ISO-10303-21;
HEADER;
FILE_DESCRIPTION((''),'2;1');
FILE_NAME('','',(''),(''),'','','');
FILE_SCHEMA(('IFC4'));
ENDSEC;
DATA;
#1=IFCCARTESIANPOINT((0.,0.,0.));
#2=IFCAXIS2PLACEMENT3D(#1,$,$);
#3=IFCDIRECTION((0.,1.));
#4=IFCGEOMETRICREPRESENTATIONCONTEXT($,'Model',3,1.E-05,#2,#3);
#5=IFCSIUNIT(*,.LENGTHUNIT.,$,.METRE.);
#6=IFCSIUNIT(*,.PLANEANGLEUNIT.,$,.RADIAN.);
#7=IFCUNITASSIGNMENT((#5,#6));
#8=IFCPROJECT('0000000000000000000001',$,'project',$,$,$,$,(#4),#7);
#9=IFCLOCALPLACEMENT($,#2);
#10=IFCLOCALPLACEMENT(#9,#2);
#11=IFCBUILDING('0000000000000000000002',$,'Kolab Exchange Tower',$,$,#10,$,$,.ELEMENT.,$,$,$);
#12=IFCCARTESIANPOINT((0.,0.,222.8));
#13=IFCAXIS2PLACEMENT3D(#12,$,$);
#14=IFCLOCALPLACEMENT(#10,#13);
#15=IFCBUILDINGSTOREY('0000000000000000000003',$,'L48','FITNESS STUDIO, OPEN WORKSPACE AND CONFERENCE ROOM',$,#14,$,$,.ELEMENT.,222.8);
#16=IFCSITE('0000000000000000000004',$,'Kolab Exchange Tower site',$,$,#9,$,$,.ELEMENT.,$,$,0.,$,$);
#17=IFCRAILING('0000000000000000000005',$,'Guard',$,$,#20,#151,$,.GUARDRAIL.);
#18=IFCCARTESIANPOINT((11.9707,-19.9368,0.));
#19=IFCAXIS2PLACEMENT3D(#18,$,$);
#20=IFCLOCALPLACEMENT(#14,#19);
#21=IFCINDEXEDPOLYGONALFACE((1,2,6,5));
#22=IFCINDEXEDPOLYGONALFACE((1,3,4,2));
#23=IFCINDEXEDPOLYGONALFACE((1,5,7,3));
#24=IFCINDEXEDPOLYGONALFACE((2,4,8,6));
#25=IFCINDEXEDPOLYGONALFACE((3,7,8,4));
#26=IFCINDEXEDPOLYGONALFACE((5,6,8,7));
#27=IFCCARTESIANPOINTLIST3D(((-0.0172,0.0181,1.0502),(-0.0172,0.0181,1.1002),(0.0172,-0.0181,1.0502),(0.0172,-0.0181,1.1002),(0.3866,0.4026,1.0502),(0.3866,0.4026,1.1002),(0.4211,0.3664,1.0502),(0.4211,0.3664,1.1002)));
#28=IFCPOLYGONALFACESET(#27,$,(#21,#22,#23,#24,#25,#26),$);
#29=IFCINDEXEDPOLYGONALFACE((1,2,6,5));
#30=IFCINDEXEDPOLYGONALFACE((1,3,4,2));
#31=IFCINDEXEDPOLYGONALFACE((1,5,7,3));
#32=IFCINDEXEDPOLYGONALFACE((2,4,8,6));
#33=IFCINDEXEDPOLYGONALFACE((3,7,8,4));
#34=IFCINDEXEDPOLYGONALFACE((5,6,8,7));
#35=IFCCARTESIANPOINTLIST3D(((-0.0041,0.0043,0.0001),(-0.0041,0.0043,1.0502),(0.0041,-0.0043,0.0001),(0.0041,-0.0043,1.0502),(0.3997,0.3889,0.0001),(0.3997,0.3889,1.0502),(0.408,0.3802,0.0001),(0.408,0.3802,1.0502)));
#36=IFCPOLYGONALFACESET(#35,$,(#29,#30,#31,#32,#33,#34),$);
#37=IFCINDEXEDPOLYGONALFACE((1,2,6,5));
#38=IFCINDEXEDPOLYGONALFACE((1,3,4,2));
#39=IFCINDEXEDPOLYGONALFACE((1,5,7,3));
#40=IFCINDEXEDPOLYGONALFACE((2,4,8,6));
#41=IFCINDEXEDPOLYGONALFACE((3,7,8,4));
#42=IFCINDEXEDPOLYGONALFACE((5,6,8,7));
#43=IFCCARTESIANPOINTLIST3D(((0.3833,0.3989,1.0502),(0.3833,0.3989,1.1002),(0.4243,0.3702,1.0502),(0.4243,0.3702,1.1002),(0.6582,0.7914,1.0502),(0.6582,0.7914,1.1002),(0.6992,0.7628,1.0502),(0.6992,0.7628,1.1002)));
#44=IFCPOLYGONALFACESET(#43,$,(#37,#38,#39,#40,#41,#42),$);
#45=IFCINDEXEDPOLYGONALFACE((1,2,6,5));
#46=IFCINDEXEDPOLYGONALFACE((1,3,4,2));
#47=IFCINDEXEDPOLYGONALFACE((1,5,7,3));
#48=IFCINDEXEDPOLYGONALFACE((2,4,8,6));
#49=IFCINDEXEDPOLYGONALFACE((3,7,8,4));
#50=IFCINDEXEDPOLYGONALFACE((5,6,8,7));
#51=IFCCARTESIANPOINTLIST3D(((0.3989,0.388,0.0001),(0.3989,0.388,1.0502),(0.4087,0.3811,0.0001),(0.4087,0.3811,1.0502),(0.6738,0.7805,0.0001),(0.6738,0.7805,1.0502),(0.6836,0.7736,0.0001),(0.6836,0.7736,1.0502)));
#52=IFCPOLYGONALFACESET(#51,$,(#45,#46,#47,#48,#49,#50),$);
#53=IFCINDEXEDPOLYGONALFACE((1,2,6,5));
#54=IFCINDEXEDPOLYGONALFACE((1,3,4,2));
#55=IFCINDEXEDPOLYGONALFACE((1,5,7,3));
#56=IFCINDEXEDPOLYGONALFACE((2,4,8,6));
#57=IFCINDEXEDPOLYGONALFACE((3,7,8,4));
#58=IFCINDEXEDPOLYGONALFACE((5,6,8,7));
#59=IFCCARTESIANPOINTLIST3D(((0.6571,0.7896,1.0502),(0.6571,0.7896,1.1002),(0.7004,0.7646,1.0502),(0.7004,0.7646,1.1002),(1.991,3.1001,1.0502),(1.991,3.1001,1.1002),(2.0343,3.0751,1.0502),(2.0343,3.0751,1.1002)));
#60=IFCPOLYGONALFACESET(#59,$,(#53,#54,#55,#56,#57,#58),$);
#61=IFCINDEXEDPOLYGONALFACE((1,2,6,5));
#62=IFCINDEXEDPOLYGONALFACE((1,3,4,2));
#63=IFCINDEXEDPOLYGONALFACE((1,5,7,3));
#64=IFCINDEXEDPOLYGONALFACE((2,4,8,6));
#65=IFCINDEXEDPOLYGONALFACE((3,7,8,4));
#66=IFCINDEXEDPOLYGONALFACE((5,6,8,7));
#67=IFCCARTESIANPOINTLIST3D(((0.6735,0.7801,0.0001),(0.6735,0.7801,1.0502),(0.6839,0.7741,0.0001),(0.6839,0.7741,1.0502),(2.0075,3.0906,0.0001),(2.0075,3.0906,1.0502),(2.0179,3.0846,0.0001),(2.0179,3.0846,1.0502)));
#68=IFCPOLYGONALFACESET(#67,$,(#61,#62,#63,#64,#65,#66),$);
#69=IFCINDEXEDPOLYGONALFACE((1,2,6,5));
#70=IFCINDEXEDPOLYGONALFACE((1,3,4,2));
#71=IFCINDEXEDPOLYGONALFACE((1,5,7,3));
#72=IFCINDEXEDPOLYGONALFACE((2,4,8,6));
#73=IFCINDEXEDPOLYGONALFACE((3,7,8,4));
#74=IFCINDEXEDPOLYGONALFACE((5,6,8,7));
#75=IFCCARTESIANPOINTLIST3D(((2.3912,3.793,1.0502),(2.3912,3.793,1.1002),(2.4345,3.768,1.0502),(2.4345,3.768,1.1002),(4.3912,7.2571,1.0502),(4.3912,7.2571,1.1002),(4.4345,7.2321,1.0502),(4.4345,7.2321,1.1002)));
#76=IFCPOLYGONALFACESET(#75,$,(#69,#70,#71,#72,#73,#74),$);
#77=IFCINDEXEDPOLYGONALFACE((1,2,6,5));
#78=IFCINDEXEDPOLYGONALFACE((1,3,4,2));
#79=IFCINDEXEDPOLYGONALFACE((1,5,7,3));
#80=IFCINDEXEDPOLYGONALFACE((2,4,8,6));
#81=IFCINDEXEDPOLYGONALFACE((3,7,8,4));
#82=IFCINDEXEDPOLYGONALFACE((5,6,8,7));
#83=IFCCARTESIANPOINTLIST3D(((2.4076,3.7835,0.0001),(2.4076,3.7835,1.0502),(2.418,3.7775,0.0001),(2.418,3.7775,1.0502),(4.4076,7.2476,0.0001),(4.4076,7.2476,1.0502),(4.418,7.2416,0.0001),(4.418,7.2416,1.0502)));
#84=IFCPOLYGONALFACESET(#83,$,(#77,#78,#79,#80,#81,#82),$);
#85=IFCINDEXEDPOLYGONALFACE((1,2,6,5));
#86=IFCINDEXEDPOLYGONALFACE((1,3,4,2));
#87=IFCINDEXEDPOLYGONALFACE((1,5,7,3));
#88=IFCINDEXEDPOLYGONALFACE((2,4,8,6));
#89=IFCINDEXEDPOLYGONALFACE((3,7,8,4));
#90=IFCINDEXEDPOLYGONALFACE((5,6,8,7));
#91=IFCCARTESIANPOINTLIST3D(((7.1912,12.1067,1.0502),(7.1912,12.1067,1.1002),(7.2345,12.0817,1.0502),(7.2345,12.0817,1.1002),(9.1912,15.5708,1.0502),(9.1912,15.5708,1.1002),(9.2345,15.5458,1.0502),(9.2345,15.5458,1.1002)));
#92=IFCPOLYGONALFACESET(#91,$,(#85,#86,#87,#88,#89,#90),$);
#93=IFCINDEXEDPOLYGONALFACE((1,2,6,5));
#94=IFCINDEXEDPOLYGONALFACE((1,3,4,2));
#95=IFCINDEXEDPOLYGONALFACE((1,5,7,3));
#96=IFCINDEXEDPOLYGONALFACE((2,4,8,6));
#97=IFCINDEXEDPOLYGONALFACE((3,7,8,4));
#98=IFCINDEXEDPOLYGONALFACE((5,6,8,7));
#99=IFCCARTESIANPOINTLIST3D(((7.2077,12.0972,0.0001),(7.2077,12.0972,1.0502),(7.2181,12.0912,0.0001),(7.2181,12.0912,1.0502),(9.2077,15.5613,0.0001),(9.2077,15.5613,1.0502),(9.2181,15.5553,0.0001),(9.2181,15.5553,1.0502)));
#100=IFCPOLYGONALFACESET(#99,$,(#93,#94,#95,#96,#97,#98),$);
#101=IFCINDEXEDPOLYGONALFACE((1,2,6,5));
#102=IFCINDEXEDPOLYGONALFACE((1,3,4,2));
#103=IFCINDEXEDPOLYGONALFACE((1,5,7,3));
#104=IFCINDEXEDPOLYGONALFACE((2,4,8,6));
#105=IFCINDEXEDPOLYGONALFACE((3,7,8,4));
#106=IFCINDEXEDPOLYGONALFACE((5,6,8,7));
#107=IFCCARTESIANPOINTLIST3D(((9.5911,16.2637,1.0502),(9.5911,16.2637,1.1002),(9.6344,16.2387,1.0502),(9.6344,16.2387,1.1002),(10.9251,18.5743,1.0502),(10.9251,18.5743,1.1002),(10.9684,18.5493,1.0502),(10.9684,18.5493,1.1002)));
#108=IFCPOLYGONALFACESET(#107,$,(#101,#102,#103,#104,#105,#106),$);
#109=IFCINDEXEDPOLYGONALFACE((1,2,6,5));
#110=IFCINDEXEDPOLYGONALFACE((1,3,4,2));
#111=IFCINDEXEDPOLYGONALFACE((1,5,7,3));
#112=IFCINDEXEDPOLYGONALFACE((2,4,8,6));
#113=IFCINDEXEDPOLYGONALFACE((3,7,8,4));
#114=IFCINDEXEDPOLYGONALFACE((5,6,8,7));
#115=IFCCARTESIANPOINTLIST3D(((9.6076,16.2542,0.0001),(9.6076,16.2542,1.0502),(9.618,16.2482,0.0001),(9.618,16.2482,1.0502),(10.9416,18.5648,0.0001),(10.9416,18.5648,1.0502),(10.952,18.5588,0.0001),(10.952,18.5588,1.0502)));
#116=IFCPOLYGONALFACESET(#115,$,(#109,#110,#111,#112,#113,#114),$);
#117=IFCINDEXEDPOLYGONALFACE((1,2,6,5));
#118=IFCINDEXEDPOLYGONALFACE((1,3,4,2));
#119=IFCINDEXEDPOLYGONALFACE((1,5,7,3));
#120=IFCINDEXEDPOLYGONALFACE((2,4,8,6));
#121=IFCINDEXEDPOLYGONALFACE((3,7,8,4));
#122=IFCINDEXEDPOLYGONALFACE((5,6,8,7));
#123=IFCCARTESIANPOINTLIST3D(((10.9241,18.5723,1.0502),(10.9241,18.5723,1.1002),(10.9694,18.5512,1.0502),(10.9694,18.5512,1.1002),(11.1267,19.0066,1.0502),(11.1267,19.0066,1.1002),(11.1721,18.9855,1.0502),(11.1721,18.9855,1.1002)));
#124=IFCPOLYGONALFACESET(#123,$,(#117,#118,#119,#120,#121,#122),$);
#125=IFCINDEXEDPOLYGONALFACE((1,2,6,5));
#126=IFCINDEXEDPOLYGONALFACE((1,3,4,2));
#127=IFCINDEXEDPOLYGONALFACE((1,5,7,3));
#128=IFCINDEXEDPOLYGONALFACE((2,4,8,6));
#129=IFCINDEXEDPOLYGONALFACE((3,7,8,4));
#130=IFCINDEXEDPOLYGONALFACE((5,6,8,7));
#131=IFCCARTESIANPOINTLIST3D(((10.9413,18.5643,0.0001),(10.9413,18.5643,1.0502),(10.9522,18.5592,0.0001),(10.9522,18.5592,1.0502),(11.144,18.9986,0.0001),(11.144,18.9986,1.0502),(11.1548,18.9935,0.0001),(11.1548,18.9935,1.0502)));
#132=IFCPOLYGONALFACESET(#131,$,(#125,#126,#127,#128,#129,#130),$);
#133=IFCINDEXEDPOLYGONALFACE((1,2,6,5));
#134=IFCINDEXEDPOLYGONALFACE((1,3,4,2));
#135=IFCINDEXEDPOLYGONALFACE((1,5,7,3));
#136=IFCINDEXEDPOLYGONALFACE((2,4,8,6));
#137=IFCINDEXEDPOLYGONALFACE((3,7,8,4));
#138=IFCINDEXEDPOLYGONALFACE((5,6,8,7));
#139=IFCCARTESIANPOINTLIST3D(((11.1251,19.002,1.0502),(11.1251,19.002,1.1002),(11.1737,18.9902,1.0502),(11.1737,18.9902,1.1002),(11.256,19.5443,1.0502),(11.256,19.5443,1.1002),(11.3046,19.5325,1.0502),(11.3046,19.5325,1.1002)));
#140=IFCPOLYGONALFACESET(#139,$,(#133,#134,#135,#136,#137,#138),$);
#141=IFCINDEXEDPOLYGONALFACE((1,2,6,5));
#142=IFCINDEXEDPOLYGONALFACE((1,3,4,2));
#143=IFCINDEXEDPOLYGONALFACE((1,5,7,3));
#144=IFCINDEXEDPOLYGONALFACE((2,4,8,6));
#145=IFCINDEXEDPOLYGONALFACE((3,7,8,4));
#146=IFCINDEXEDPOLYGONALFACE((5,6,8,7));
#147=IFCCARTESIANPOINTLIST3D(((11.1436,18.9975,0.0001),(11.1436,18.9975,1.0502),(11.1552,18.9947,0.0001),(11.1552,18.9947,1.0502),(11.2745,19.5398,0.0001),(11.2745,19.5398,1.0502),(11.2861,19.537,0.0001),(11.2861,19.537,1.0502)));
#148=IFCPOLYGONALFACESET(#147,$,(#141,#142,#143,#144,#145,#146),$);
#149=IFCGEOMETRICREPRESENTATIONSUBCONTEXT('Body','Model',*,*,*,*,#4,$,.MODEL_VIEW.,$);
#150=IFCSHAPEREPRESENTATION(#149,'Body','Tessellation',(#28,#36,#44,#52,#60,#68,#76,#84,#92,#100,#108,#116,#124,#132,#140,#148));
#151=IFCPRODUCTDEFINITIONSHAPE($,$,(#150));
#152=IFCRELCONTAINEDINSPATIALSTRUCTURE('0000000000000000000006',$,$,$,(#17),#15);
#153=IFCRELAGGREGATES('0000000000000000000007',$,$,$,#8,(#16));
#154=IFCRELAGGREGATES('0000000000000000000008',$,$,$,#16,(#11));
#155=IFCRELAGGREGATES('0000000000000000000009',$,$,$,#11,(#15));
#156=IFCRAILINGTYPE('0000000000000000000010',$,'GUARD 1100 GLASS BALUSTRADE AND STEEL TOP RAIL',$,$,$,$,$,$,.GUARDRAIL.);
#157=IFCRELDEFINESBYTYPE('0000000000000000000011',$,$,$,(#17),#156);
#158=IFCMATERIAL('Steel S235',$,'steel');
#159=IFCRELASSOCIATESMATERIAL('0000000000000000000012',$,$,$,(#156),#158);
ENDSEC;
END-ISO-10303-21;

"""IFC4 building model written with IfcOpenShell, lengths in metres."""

from ifc_helpers import new_model, si_unit, direction, frame, frame_2d, origin, origin_2d, place, context, subcontext, project, spatial, rectangle, extrude, material, type_object, element, save


model = new_model("IFC4")

# Units and contexts
model_context = context("Model", 3, precision=1e-05, world=origin(), true_north=direction((0.0, 1.0)))
body_context = subcontext(model_context, "Body", "Model", "MODEL_VIEW")
ifc_project = project(units=[si_unit("LENGTHUNIT", "METRE"), si_unit("PLANEANGLEUNIT", "RADIAN")], contexts=[model_context])

# Site, building, storey
site_placement = place(None, origin())
site = spatial("IfcSite", under=ifc_project, at=site_placement, Name="Kolab Exchange Tower site", CompositionType="ELEMENT", RefElevation=0.0)
building_placement = place(site_placement, origin())
building = spatial("IfcBuilding", under=site, at=building_placement, Name="Kolab Exchange Tower", CompositionType="ELEMENT")
storey_placement = place(building_placement, frame((0.0, 0.0, 222.8)))
storey = spatial("IfcBuildingStorey", under=building, at=storey_placement, Name="L48", Description="FITNESS STUDIO, OPEN WORKSPACE AND CONFERENCE ROOM", CompositionType="ELEMENT", Elevation=222.8)

# Railing
ifc_material_1 = material(Name="Steel S235", Category="steel")
railing_type = type_object("IfcRailingType", Name="GUARD 1100 GLASS BALUSTRADE AND STEEL TOP RAIL", PredefinedType="GUARDRAIL", material=ifc_material_1)
railing_placement = place(storey_placement, frame((11.9707, -19.9368, 0.0)))
element("IfcRailing", 1, at=railing_placement, inside=storey, type_object=railing_type, Name="Guard", PredefinedType="GUARDRAIL", context=body_context, shape_type="SweptSolid", body=[
    extrude(rectangle(XDim=0.05, YDim=0.05, at=origin_2d()), frame((0.0, 0.0, 1.0752), z_axis=(0.72419, 0.689601, 0.0), x_axis=(-0.689601, 0.72419, 0.0)), (0.0, 0.0, 1.0), 0.5576),
    extrude(rectangle(XDim=0.012, YDim=1.0501, at=frame_2d((0.0, 0.5251))), frame((0.0, 0.0, 0.0), z_axis=(0.72419, 0.689601, 0.0), x_axis=(-0.689601, 0.72419, 0.0)), (0.0, 0.0, 1.0), 0.5576),
    extrude(rectangle(XDim=0.05, YDim=0.05, at=origin_2d()), frame((0.4038, 0.3845, 1.0752), z_axis=(0.573599, 0.819136, 0.0), x_axis=(-0.819136, 0.573599, 0.0)), (0.0, 0.0, 1.0), 0.4792),
    extrude(rectangle(XDim=0.012, YDim=1.0501, at=frame_2d((0.0, 0.5251))), frame((0.4038, 0.3845, 0.0), z_axis=(0.573599, 0.819136, 0.0), x_axis=(-0.819136, 0.573599, 0.0)), (0.0, 0.0, 1.0), 0.4792),
    extrude(rectangle(XDim=0.05, YDim=0.05, at=origin_2d()), frame((0.6787, 0.7771, 1.0752), z_axis=(0.499997, 0.866027, 0.0), x_axis=(-0.866027, 0.499997, 0.0)), (0.0, 0.0, 1.0), 2.668),
    extrude(rectangle(XDim=0.012, YDim=1.0501, at=frame_2d((0.0, 0.5251))), frame((0.6787, 0.7771, 0.0), z_axis=(0.499997, 0.866027, 0.0), x_axis=(-0.866027, 0.499997, 0.0)), (0.0, 0.0, 1.0), 2.668),
    extrude(rectangle(XDim=0.05, YDim=0.05, at=origin_2d()), frame((2.4128, 3.7805, 1.0752), z_axis=(0.499999, 0.866026, 0.0), x_axis=(-0.866026, 0.499999, 0.0)), (0.0, 0.0, 1.0), 4.0),
    extrude(rectangle(XDim=0.012, YDim=1.0501, at=frame_2d((0.0, 0.5251))), frame((2.4128, 3.7805, 0.0), z_axis=(0.499999, 0.866026, 0.0), x_axis=(-0.866026, 0.499999, 0.0)), (0.0, 0.0, 1.0), 4.0),
    extrude(rectangle(XDim=0.05, YDim=0.05, at=origin_2d()), frame((7.2129, 12.0942, 1.0752), z_axis=(0.499999, 0.866026, 0.0), x_axis=(-0.866026, 0.499999, 0.0)), (0.0, 0.0, 1.0), 4.0),
    extrude(rectangle(XDim=0.012, YDim=1.0501, at=frame_2d((0.0, 0.5251))), frame((7.2129, 12.0942, 0.0), z_axis=(0.499999, 0.866026, 0.0), x_axis=(-0.866026, 0.499999, 0.0)), (0.0, 0.0, 1.0), 4.0),
    extrude(rectangle(XDim=0.05, YDim=0.05, at=origin_2d()), frame((9.6128, 16.2512, 1.0752), z_axis=(0.499997, 0.866027, 0.0), x_axis=(-0.866027, 0.499997, 0.0)), (0.0, 0.0, 1.0), 2.668),
    extrude(rectangle(XDim=0.012, YDim=1.0501, at=frame_2d((0.0, 0.5251))), frame((9.6128, 16.2512, 0.0), z_axis=(0.499997, 0.866027, 0.0), x_axis=(-0.866027, 0.499997, 0.0)), (0.0, 0.0, 1.0), 2.668),
    extrude(rectangle(XDim=0.05, YDim=0.05, at=origin_2d()), frame((10.9468, 18.5618, 1.0752), z_axis=(0.422802, 0.906222, 0.0), x_axis=(-0.906222, 0.422802, 0.0)), (0.0, 0.0, 1.0), 0.4792),
    extrude(rectangle(XDim=0.012, YDim=1.0501, at=frame_2d((0.0, 0.5251))), frame((10.9468, 18.5618, 0.0), z_axis=(0.422802, 0.906222, 0.0), x_axis=(-0.906222, 0.422802, 0.0)), (0.0, 0.0, 1.0), 0.4792),
    extrude(rectangle(XDim=0.05, YDim=0.05, at=origin_2d()), frame((11.1494, 18.9961, 1.0752), z_axis=(0.234598, 0.972093, 0.0), x_axis=(-0.972093, 0.234598, 0.0)), (0.0, 0.0, 1.0), 0.5579),
    extrude(rectangle(XDim=0.012, YDim=1.0501, at=frame_2d((0.0, 0.5251))), frame((11.1494, 18.9961, 0.0), z_axis=(0.234598, 0.972093, 0.0), x_axis=(-0.972093, 0.234598, 0.0)), (0.0, 0.0, 1.0), 0.5579),
])

save(model, "model.ifc")
